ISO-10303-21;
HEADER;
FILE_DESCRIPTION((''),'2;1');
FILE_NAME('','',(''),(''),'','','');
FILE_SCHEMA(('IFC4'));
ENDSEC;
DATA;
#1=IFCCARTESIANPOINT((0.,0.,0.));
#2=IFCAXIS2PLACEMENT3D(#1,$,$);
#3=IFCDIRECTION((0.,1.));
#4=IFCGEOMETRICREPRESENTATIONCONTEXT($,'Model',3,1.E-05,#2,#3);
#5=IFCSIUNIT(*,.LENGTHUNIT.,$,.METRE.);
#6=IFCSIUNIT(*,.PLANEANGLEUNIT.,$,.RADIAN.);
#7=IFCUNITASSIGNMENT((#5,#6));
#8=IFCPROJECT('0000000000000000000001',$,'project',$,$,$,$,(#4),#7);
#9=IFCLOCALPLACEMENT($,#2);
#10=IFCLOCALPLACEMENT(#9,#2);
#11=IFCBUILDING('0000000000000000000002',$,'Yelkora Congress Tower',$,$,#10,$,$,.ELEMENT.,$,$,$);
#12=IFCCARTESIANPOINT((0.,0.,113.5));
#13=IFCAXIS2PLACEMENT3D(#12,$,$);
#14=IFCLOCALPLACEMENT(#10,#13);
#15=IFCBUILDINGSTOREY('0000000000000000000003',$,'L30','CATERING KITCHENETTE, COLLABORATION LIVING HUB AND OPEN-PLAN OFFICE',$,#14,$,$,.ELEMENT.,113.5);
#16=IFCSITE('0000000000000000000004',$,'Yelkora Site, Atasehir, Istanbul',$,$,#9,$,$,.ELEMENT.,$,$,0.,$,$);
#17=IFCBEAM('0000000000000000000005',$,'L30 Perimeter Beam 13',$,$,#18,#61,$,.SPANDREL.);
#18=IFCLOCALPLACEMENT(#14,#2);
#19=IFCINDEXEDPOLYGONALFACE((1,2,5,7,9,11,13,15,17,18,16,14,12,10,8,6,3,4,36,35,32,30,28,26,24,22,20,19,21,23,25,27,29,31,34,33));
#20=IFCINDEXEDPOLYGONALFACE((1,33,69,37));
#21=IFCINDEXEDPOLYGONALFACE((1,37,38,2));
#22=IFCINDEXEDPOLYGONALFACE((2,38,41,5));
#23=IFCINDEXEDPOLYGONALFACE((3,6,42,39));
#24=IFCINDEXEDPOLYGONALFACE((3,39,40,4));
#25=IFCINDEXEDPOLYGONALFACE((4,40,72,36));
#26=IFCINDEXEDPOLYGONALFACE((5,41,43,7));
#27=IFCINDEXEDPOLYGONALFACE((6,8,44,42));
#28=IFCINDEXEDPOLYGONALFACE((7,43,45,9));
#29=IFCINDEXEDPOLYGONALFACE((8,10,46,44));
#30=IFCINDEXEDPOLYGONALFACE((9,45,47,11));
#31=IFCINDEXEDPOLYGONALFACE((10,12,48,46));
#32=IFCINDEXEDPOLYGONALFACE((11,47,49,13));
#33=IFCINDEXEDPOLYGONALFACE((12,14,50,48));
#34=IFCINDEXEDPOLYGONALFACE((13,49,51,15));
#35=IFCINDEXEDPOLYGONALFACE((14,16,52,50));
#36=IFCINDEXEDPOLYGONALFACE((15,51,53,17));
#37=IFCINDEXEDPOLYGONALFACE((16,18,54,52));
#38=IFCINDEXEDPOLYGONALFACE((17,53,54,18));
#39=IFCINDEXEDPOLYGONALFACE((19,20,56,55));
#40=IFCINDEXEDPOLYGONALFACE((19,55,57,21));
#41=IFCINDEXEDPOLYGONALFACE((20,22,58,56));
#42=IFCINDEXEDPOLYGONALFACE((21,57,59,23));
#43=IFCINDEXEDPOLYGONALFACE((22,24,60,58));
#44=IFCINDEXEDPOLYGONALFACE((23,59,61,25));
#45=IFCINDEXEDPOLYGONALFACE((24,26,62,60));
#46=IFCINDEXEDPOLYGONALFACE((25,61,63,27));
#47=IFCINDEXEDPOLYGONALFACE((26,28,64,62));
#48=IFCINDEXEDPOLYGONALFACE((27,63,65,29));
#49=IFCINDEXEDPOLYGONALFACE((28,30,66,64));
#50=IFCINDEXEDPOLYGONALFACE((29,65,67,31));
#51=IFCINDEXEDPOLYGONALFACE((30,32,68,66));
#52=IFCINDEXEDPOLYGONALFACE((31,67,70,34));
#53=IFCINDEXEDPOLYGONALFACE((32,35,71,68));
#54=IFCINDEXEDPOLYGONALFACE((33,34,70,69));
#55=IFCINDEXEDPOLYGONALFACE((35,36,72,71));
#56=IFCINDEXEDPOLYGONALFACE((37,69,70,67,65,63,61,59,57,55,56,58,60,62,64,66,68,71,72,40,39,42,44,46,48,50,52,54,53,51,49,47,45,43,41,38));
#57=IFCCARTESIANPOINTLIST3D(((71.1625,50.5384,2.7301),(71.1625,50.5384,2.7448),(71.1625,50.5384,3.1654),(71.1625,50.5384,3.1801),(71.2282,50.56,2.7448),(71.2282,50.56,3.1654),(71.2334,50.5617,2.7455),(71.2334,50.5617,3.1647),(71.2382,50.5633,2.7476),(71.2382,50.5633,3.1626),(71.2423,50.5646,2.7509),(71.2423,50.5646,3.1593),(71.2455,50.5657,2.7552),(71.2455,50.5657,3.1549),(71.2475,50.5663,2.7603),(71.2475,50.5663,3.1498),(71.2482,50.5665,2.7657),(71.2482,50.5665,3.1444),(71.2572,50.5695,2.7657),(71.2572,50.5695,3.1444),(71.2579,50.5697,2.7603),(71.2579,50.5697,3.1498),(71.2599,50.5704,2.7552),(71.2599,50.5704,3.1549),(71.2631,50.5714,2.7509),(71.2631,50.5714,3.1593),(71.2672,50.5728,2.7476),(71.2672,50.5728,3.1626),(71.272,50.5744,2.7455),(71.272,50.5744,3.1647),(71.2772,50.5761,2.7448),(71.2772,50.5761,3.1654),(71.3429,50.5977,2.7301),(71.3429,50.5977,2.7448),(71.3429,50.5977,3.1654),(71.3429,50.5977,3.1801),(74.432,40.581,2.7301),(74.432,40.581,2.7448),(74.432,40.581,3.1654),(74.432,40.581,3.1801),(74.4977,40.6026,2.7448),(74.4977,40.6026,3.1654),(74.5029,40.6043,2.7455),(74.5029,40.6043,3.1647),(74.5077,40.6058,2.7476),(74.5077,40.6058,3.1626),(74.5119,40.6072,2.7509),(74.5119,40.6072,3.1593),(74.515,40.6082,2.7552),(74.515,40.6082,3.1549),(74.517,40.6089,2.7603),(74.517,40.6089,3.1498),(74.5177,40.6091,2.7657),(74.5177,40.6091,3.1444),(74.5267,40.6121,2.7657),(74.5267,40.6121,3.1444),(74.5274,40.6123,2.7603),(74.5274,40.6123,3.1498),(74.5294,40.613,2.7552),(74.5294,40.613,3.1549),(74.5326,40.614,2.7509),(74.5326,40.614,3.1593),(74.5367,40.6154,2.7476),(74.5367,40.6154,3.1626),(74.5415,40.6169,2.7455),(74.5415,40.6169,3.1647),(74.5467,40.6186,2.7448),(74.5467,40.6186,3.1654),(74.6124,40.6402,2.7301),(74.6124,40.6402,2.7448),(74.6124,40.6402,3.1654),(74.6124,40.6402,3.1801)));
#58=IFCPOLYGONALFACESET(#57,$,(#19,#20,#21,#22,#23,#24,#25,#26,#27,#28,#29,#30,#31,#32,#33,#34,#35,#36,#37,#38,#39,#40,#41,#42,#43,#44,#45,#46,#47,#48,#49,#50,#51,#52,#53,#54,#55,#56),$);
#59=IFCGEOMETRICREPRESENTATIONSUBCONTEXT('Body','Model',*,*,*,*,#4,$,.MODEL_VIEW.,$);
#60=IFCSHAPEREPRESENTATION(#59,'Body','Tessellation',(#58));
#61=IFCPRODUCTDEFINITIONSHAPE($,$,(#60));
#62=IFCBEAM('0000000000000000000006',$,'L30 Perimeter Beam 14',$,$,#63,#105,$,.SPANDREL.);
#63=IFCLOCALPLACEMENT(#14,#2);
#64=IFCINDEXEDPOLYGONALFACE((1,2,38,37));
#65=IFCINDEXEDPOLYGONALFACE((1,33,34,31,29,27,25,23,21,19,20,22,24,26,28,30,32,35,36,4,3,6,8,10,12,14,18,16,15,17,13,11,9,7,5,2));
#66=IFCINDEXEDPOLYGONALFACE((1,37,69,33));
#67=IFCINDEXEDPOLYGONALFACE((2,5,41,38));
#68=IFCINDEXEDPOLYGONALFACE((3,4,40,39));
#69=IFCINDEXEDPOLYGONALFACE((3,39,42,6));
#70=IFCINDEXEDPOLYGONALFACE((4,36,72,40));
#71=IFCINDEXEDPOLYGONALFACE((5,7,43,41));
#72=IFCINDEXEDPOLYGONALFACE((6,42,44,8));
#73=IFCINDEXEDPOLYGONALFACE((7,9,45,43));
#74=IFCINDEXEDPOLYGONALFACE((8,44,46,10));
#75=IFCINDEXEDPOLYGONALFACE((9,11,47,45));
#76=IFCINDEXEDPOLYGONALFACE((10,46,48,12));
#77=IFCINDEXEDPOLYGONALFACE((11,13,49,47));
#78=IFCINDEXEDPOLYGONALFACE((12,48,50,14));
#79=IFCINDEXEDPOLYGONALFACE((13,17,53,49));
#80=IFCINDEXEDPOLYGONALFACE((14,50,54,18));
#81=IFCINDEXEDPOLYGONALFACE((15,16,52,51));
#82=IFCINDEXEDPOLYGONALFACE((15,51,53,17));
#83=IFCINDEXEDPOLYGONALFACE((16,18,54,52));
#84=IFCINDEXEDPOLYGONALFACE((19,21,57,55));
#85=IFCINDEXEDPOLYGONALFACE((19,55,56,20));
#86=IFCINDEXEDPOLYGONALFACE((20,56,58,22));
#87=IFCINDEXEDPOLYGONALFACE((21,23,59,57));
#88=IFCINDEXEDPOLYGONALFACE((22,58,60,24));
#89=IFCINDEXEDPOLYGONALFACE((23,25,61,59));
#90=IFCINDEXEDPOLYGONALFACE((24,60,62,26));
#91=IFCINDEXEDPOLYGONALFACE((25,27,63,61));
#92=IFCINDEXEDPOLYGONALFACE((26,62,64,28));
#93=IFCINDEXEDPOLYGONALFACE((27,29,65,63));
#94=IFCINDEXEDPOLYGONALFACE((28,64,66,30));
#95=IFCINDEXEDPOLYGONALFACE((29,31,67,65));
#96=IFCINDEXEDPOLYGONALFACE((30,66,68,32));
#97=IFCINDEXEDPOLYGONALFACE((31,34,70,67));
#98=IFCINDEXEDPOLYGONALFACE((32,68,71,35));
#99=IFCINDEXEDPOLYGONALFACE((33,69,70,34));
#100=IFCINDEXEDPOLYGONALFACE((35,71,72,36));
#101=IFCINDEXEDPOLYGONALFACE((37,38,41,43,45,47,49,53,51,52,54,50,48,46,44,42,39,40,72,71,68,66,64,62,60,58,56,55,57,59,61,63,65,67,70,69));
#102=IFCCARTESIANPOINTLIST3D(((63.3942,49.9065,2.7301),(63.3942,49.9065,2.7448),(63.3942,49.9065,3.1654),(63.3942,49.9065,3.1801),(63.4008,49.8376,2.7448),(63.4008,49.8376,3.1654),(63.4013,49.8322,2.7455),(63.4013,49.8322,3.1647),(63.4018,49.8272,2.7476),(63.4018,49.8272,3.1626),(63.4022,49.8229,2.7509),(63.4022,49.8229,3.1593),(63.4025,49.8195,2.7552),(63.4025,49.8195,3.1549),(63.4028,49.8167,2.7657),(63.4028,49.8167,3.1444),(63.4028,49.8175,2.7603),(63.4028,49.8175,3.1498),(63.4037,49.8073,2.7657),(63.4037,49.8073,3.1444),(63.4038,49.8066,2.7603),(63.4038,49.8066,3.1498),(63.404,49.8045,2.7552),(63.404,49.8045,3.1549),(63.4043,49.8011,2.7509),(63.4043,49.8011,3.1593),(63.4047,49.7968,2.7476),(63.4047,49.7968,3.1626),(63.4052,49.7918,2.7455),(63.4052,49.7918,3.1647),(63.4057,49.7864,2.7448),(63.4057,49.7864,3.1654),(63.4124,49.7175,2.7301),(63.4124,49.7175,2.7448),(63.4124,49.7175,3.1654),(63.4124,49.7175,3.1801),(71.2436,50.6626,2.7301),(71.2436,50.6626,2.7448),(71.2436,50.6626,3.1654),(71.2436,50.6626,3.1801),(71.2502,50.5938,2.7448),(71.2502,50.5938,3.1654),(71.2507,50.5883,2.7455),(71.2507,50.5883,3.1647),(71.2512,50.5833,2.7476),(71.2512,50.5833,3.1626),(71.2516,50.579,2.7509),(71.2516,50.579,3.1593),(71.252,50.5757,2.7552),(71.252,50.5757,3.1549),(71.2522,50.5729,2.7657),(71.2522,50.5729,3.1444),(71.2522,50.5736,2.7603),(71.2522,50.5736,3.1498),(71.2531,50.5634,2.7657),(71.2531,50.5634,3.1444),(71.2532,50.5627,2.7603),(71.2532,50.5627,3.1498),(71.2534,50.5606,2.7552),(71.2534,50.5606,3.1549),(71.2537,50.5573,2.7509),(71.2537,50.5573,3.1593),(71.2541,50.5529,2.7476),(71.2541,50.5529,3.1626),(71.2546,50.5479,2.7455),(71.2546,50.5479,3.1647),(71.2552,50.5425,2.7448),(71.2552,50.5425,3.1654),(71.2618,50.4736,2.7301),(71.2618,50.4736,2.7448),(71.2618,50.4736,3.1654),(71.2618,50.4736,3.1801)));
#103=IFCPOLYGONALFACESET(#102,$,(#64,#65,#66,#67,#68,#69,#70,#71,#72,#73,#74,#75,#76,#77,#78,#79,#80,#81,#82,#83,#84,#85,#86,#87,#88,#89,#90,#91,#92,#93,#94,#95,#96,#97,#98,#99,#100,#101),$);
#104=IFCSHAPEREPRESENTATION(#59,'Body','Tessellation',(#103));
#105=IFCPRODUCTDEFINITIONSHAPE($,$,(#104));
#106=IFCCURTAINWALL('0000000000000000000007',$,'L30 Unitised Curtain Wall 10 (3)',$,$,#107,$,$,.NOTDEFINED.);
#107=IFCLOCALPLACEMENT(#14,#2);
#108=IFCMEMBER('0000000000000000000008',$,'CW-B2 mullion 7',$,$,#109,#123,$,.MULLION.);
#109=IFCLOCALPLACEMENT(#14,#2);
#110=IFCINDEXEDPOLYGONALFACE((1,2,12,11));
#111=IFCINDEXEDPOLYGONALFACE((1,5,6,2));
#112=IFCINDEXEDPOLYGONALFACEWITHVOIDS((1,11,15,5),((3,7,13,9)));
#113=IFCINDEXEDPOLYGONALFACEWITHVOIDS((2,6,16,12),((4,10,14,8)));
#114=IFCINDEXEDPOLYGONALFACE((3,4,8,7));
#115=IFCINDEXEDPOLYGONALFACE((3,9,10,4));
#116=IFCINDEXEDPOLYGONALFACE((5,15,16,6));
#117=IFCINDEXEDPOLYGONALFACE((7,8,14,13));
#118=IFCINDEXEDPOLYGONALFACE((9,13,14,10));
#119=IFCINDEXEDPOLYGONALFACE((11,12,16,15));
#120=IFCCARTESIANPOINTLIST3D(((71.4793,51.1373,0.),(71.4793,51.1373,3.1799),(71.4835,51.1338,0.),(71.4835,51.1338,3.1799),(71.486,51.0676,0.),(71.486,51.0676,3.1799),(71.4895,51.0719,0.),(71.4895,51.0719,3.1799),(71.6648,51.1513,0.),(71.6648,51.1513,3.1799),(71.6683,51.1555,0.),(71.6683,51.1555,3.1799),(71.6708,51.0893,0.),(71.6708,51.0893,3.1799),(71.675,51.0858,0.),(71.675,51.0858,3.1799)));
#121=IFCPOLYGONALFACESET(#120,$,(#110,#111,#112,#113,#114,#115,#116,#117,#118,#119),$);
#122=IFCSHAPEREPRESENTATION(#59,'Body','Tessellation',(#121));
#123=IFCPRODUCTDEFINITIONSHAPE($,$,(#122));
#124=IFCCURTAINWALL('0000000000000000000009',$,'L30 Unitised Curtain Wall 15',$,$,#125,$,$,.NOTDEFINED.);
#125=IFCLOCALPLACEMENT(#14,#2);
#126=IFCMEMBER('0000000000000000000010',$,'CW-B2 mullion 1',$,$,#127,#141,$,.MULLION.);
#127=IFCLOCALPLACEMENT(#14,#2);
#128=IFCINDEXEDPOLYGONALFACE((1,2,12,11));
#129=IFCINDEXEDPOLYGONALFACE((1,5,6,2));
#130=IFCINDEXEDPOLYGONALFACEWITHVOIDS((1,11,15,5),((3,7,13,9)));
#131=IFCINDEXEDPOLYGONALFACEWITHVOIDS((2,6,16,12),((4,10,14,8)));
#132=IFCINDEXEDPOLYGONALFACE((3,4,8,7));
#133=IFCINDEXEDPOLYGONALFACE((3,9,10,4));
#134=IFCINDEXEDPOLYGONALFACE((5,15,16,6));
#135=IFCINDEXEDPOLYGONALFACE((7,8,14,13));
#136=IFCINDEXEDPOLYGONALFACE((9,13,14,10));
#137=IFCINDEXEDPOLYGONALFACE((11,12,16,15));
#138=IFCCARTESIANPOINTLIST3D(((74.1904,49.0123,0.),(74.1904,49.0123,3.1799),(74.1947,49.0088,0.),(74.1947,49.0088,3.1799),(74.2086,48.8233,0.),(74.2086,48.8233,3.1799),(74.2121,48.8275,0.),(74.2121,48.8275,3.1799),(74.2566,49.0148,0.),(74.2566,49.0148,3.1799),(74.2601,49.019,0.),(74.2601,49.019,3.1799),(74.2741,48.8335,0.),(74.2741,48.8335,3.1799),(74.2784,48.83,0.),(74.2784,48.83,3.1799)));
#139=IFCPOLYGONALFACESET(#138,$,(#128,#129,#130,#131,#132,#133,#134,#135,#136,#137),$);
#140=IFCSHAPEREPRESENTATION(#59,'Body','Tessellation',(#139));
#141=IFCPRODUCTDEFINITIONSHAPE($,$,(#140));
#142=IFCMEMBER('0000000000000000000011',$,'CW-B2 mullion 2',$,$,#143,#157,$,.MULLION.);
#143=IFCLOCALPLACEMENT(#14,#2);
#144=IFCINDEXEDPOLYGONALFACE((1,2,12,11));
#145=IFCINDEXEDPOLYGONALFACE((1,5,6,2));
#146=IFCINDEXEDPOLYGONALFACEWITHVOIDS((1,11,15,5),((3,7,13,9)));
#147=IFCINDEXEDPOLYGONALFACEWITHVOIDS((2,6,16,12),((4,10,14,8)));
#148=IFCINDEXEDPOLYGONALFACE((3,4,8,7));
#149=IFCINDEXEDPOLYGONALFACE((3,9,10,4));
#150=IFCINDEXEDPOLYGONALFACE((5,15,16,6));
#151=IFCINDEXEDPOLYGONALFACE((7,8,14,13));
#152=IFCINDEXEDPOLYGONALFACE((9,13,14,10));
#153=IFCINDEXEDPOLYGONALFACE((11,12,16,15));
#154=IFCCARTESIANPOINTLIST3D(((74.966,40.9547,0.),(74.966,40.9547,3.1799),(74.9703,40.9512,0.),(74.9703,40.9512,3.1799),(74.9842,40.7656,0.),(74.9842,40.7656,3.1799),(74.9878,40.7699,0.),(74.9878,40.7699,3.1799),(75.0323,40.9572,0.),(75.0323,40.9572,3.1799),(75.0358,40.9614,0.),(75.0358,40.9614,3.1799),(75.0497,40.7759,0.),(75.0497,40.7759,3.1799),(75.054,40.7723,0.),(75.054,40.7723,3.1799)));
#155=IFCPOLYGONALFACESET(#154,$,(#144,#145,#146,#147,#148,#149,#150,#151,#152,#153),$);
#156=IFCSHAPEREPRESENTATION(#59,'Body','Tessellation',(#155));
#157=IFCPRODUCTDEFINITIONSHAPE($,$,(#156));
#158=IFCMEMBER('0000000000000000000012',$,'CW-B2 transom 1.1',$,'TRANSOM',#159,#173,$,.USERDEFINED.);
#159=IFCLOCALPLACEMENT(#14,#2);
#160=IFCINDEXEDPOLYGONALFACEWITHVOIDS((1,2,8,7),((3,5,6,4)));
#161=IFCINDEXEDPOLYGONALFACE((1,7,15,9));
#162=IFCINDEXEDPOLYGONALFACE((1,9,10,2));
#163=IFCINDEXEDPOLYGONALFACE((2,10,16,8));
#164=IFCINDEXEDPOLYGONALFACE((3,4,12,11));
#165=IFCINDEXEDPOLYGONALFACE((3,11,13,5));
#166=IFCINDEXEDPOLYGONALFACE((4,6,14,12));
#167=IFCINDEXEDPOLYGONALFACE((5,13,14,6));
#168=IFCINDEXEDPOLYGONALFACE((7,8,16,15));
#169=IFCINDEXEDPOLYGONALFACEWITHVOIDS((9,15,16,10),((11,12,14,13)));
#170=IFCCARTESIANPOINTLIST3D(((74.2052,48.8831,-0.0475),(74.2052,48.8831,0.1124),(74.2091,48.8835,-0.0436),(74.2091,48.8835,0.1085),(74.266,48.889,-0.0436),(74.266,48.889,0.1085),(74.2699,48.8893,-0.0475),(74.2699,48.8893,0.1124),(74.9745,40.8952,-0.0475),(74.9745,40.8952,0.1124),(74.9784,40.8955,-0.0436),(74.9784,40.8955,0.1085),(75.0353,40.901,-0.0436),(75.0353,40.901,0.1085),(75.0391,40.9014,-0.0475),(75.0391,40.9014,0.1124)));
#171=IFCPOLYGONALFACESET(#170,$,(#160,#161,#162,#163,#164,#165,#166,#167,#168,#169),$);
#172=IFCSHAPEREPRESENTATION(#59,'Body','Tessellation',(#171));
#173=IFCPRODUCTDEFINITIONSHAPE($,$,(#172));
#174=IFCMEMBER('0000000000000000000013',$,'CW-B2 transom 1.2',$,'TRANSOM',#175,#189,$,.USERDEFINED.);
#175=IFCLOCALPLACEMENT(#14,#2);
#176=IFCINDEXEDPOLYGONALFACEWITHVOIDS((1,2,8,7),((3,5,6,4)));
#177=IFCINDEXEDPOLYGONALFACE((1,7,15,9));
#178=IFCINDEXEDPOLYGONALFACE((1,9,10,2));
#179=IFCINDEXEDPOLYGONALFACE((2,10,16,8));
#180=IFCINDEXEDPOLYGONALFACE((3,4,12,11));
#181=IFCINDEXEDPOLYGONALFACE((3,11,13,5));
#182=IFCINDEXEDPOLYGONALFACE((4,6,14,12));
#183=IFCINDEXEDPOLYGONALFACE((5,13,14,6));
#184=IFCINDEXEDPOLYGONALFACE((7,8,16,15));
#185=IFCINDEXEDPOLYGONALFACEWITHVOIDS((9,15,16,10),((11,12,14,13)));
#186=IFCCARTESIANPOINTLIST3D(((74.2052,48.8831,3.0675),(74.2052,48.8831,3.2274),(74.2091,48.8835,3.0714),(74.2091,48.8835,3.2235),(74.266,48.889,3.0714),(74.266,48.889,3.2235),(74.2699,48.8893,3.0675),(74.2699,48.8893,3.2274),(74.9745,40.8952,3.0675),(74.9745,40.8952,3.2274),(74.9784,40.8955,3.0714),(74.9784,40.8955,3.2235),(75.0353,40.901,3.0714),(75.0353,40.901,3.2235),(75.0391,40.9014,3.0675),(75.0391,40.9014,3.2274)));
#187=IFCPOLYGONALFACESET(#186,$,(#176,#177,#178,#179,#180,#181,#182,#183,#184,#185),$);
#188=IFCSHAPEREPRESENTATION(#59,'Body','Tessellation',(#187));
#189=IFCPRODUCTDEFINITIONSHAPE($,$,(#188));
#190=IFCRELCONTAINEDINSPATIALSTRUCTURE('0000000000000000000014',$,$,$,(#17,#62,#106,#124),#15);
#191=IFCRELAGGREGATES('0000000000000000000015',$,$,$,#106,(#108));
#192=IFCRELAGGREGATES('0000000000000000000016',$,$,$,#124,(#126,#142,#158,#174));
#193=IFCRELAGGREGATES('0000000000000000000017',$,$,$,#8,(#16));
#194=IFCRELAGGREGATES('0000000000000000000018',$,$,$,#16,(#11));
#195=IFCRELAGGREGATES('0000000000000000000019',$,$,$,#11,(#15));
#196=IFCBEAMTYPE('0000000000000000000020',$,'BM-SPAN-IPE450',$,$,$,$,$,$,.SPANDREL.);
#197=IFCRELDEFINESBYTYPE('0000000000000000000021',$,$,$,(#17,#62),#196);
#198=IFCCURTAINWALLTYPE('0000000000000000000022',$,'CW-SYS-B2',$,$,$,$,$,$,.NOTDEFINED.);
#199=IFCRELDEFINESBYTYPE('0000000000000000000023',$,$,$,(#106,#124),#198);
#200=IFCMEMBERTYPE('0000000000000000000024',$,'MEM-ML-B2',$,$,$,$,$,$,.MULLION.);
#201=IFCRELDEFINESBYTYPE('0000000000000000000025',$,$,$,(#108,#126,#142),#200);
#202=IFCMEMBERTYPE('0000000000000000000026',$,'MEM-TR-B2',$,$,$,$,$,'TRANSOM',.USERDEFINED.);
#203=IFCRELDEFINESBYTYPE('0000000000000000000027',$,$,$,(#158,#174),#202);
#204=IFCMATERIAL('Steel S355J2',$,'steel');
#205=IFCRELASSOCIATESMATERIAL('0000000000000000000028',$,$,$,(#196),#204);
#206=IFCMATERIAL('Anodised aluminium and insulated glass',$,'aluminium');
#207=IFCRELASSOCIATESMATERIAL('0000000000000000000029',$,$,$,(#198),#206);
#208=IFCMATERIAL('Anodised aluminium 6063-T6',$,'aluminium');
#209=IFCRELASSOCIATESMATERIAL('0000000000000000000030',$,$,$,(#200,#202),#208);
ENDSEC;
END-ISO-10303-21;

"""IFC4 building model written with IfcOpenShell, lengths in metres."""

from ifc_helpers import new_model, si_unit, direction, frame, origin, origin_2d, place, context, subcontext, project, spatial, hollow_rectangle, i_section, extrude, material, material_profile, profile_set, type_object, element, aggregate, save


model = new_model("IFC4")

# Units and contexts
model_context = context("Model", 3, precision=1e-05, world=origin(), true_north=direction((0.0, 1.0)))
body_context = subcontext(model_context, "Body", "Model", "MODEL_VIEW")
ifc_project = project(units=[si_unit("LENGTHUNIT", "METRE"), si_unit("PLANEANGLEUNIT", "RADIAN")], contexts=[model_context])

# Site, building, storey
site_placement = place(None, origin())
site = spatial("IfcSite", under=ifc_project, at=site_placement, Name="Yelkora Site, Atasehir, Istanbul", CompositionType="ELEMENT", RefElevation=0.0)
building_placement = place(site_placement, origin())
building = spatial("IfcBuilding", under=site, at=building_placement, Name="Yelkora Congress Tower", CompositionType="ELEMENT")
storey_placement = place(building_placement, frame((0.0, 0.0, 113.5)))
storey = spatial("IfcBuildingStorey", under=building, at=storey_placement, Name="L30", Description="CATERING KITCHENETTE, COLLABORATION LIVING HUB AND OPEN-PLAN OFFICE", CompositionType="ELEMENT", Elevation=113.5)

# Beams
ifc_material_1 = material(Name="Steel S355J2", Category="steel")
ifc_material_profile_1 = material_profile(ifc_material_1, i_section(OverallWidth=0.1899, OverallDepth=0.45, WebThickness=0.0095, FlangeThickness=0.0146, FilletRadius=0.021, at=origin_2d()), Name="IPE 450")
ifc_profile_set_1 = profile_set([ifc_material_profile_1], Name="Steel S355J2")
beam_type_1 = type_object("IfcBeamType", Name="BM-SPAN-IPE450", PredefinedType="SPANDREL", material=ifc_profile_set_1)
beam_1_placement = place(storey_placement, frame((74.5222, 40.6106, 2.9551), z_axis=(-0.311962, 0.950095, 0.0), x_axis=(-0.950095, -0.311962, 0.0)))
element("IfcBeam", 1, at=beam_1_placement, inside=storey, type_object=beam_type_1, Name="L30 Perimeter Beam 13", PredefinedType="SPANDREL", context=body_context, shape_type="SweptSolid", body=[
    extrude(i_section(OverallWidth=0.1899, OverallDepth=0.45, WebThickness=0.0095, FlangeThickness=0.0146, FilletRadius=0.021, at=origin_2d()), origin(), (0.0, 0.0, 1.0), 10.4805),
])
beam_2_placement = place(storey_placement, frame((71.2527, 50.5681, 2.9551), z_axis=(-0.995393, -0.095883, 0.0), x_axis=(0.095883, -0.995393, 0.0)))
element("IfcBeam", 2, at=beam_2_placement, inside=storey, type_object=beam_type_1, Name="L30 Perimeter Beam 14", PredefinedType="SPANDREL", context=body_context, shape_type="SweptSolid", body=[
    extrude(i_section(OverallWidth=0.1899, OverallDepth=0.45, WebThickness=0.0095, FlangeThickness=0.0146, FilletRadius=0.021, at=origin_2d()), origin(), (0.0, 0.0, 1.0), 7.8857),
])

# Curtain wall, member
ifc_material_2 = material(Name="Anodised aluminium and insulated glass", Category="aluminium")
curtain_wall_type = type_object("IfcCurtainWallType", Name="CW-SYS-B2", PredefinedType="NOTDEFINED", material=ifc_material_2)
curtain_wall_1_placement = place(storey_placement, origin())
curtain_wall_1 = element("IfcCurtainWall", 3, at=curtain_wall_1_placement, inside=storey, type_object=curtain_wall_type, Name="L30 Unitised Curtain Wall 10 (3)", PredefinedType="NOTDEFINED")
ifc_material_3 = material(Name="Anodised aluminium 6063-T6", Category="aluminium")
ifc_material_profile_2 = material_profile(ifc_material_3, hollow_rectangle(XDim=0.0701, YDim=0.1899, WallThickness=0.0039, at=origin_2d()), Name="ALU 70x190x4")
ifc_profile_set_2 = profile_set([ifc_material_profile_2], Name="Anodised aluminium 6063-T6")
member_type_1 = type_object("IfcMemberType", Name="MEM-ML-B2", PredefinedType="MULLION", material=ifc_profile_set_2)
member_1_placement = place(storey_placement, frame((71.5771, 51.1116, 0.0), z_axis=(0.0, 0.0, 1.0), x_axis=(-0.095844, 0.995396, 0.0)))
member_1 = element("IfcMember", 4, at=member_1_placement, type_object=member_type_1, Name="CW-B2 mullion 7", PredefinedType="MULLION", context=body_context, shape_type="SweptSolid", body=[
    extrude(hollow_rectangle(XDim=0.0701, YDim=0.1899, WallThickness=0.0039, at=origin_2d()), origin(), (0.0, 0.0, 1.0), 3.1799),
])
aggregate(curtain_wall_1, [member_1])

# Curtain wall, members
curtain_wall_2_placement = place(storey_placement, origin())
curtain_wall_2 = element("IfcCurtainWall", 5, at=curtain_wall_2_placement, inside=storey, type_object=curtain_wall_type, Name="L30 Unitised Curtain Wall 15", PredefinedType="NOTDEFINED")
member_2_placement = place(storey_placement, frame((74.2344, 48.9211, 0.0), z_axis=(0.0, 0.0, 1.0), x_axis=(0.995397, 0.095843, 0.0)))
member_2 = element("IfcMember", 6, at=member_2_placement, type_object=member_type_1, Name="CW-B2 mullion 1", PredefinedType="MULLION", context=body_context, shape_type="SweptSolid", body=[
    extrude(hollow_rectangle(XDim=0.0701, YDim=0.1899, WallThickness=0.0039, at=origin_2d()), origin(), (0.0, 0.0, 1.0), 3.1799),
])
member_3_placement = place(storey_placement, frame((75.01, 40.8635, 0.0), z_axis=(0.0, 0.0, 1.0), x_axis=(0.995397, 0.095843, 0.0)))
member_3 = element("IfcMember", 7, at=member_3_placement, type_object=member_type_1, Name="CW-B2 mullion 2", PredefinedType="MULLION", context=body_context, shape_type="SweptSolid", body=[
    extrude(hollow_rectangle(XDim=0.0701, YDim=0.1899, WallThickness=0.0039, at=origin_2d()), origin(), (0.0, 0.0, 1.0), 3.1799),
])
ifc_material_profile_3 = material_profile(ifc_material_3, hollow_rectangle(XDim=0.0649, YDim=0.1599, WallThickness=0.0039, at=origin_2d()), Name="ALU 65x160x4")
ifc_profile_set_3 = profile_set([ifc_material_profile_3], Name="Anodised aluminium 6063-T6")
member_type_2 = type_object("IfcMemberType", Name="MEM-TR-B2", ElementType="TRANSOM", PredefinedType="USERDEFINED", material=ifc_profile_set_3)
member_4_placement = place(storey_placement, frame((74.2375, 48.8862, 0.0325), z_axis=(0.095861, -0.995395, 0.0), x_axis=(0.995395, 0.095861, 0.0)))
member_4 = element("IfcMember", 8, at=member_4_placement, type_object=member_type_2, Name="CW-B2 transom 1.1", ObjectType="TRANSOM", PredefinedType="USERDEFINED", context=body_context, shape_type="SweptSolid", body=[
    extrude(hollow_rectangle(XDim=0.0649, YDim=0.1599, WallThickness=0.0039, at=origin_2d()), origin(), (0.0, 0.0, 1.0), 8.0249),
])
member_5_placement = place(storey_placement, frame((74.2375, 48.8862, 3.1475), z_axis=(0.095861, -0.995395, 0.0), x_axis=(0.995395, 0.095861, 0.0)))
member_5 = element("IfcMember", 9, at=member_5_placement, type_object=member_type_2, Name="CW-B2 transom 1.2", ObjectType="TRANSOM", PredefinedType="USERDEFINED", context=body_context, shape_type="SweptSolid", body=[
    extrude(hollow_rectangle(XDim=0.0649, YDim=0.1599, WallThickness=0.0039, at=origin_2d()), origin(), (0.0, 0.0, 1.0), 8.0249),
])
aggregate(curtain_wall_2, [member_2, member_3, member_4, member_5])

save(model, "model.ifc")
